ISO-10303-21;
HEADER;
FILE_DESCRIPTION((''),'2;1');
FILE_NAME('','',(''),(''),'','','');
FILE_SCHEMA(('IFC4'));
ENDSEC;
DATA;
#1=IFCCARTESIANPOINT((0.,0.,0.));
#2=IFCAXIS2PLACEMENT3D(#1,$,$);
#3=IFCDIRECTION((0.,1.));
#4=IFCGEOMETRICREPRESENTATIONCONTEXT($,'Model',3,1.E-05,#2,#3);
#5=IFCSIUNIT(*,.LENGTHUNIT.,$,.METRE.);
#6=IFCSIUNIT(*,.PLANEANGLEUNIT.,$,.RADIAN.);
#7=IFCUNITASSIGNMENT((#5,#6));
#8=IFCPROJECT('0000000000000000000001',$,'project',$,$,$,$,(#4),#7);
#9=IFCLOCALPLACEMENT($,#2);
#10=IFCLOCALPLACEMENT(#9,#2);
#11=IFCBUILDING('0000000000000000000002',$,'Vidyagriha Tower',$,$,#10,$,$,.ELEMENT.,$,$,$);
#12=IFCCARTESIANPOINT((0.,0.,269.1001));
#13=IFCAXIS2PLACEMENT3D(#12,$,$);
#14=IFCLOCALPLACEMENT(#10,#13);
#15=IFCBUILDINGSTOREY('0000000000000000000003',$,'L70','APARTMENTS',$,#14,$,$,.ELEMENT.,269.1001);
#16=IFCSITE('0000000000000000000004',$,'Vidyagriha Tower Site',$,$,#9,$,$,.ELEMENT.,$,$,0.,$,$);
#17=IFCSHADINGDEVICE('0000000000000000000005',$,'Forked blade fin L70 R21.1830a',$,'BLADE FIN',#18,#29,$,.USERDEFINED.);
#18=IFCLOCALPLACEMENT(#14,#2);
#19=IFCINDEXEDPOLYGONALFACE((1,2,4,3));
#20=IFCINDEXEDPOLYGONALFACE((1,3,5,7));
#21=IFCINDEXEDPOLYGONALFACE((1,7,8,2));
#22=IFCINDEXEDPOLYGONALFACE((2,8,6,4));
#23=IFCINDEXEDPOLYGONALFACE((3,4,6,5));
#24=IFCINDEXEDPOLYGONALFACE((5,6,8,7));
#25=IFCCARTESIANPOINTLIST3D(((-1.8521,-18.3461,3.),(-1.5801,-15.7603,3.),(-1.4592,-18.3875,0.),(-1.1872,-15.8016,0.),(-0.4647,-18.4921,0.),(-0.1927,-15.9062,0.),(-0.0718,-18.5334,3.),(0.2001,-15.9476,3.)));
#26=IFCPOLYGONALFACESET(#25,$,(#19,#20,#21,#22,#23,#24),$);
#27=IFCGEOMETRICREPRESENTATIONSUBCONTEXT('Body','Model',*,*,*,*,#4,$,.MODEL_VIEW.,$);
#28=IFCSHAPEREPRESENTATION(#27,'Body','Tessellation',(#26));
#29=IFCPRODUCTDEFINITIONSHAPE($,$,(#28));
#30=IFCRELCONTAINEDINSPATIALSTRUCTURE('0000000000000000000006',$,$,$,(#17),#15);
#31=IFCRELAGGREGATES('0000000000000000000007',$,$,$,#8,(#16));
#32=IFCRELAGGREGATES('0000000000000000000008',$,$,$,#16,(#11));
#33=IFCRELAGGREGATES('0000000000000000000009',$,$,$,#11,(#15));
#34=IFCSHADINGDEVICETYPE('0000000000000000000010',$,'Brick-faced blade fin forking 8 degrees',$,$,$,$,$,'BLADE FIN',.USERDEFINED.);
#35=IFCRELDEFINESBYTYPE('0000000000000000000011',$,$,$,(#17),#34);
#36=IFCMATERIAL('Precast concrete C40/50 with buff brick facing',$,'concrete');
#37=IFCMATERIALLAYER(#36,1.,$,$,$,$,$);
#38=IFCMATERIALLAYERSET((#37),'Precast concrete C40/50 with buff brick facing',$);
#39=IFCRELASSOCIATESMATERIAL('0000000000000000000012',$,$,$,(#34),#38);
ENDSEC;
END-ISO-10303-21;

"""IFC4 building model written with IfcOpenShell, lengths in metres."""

from ifc_helpers import new_model, si_unit, direction, frame, origin, place, context, subcontext, project, spatial, polyline, outline, extrude, material, layer, layer_set, type_object, element, save


model = new_model("IFC4")

# Units and contexts
model_context = context("Model", 3, precision=1e-05, world=origin(), true_north=direction((0.0, 1.0)))
body_context = subcontext(model_context, "Body", "Model", "MODEL_VIEW")
ifc_project = project(units=[si_unit("LENGTHUNIT", "METRE"), si_unit("PLANEANGLEUNIT", "RADIAN")], contexts=[model_context])

# Site, building, storey
site_placement = place(None, origin())
site = spatial("IfcSite", under=ifc_project, at=site_placement, Name="Vidyagriha Tower Site", CompositionType="ELEMENT", RefElevation=0.0)
building_placement = place(site_placement, origin())
building = spatial("IfcBuilding", under=site, at=building_placement, Name="Vidyagriha Tower", CompositionType="ELEMENT")
storey_placement = place(building_placement, frame((0.0, 0.0, 269.1001)))
storey = spatial("IfcBuildingStorey", under=building, at=storey_placement, Name="L70", Description="APARTMENTS", CompositionType="ELEMENT", Elevation=269.1001)

# Shading device
ifc_material_1 = material(Name="Precast concrete C40/50 with buff brick facing", Category="concrete")
ifc_layer_1 = layer(ifc_material_1, 1.0)
ifc_layer_set_1 = layer_set([ifc_layer_1], Name="Precast concrete C40/50 with buff brick facing")
shading_device_type_1 = type_object("IfcShadingDeviceType", Name="Brick-faced blade fin forking 8 degrees", ElementType="BLADE FIN", PredefinedType="USERDEFINED", material=ifc_layer_set_1)
shading_device_1_placement = place(storey_placement, frame((-1.7161, -17.0532, 0.0), z_axis=(0.0, 0.0, 1.0), x_axis=(0.994514, -0.104607, 0.0)))
element("IfcShadingDevice", 1, at=shading_device_1_placement, inside=storey, type_object=shading_device_type_1, Name="Forked blade fin L70 R21.1830a", ObjectType="BLADE FIN", PredefinedType="USERDEFINED", context=body_context, shape_type="SweptSolid", body=[
    extrude(outline(polyline([(0.395, 0.0), (1.395, 0.0), (1.79, 3.0), (0.0, 3.0), (0.395, 0.0)])), frame((0.0, 1.3, 0.0), z_axis=(0.0, -1.0, 0.0), x_axis=(1.0, 0.0, 0.0)), (0.0, 0.0, 1.0), 2.6001),
])

save(model, "model.ifc")
